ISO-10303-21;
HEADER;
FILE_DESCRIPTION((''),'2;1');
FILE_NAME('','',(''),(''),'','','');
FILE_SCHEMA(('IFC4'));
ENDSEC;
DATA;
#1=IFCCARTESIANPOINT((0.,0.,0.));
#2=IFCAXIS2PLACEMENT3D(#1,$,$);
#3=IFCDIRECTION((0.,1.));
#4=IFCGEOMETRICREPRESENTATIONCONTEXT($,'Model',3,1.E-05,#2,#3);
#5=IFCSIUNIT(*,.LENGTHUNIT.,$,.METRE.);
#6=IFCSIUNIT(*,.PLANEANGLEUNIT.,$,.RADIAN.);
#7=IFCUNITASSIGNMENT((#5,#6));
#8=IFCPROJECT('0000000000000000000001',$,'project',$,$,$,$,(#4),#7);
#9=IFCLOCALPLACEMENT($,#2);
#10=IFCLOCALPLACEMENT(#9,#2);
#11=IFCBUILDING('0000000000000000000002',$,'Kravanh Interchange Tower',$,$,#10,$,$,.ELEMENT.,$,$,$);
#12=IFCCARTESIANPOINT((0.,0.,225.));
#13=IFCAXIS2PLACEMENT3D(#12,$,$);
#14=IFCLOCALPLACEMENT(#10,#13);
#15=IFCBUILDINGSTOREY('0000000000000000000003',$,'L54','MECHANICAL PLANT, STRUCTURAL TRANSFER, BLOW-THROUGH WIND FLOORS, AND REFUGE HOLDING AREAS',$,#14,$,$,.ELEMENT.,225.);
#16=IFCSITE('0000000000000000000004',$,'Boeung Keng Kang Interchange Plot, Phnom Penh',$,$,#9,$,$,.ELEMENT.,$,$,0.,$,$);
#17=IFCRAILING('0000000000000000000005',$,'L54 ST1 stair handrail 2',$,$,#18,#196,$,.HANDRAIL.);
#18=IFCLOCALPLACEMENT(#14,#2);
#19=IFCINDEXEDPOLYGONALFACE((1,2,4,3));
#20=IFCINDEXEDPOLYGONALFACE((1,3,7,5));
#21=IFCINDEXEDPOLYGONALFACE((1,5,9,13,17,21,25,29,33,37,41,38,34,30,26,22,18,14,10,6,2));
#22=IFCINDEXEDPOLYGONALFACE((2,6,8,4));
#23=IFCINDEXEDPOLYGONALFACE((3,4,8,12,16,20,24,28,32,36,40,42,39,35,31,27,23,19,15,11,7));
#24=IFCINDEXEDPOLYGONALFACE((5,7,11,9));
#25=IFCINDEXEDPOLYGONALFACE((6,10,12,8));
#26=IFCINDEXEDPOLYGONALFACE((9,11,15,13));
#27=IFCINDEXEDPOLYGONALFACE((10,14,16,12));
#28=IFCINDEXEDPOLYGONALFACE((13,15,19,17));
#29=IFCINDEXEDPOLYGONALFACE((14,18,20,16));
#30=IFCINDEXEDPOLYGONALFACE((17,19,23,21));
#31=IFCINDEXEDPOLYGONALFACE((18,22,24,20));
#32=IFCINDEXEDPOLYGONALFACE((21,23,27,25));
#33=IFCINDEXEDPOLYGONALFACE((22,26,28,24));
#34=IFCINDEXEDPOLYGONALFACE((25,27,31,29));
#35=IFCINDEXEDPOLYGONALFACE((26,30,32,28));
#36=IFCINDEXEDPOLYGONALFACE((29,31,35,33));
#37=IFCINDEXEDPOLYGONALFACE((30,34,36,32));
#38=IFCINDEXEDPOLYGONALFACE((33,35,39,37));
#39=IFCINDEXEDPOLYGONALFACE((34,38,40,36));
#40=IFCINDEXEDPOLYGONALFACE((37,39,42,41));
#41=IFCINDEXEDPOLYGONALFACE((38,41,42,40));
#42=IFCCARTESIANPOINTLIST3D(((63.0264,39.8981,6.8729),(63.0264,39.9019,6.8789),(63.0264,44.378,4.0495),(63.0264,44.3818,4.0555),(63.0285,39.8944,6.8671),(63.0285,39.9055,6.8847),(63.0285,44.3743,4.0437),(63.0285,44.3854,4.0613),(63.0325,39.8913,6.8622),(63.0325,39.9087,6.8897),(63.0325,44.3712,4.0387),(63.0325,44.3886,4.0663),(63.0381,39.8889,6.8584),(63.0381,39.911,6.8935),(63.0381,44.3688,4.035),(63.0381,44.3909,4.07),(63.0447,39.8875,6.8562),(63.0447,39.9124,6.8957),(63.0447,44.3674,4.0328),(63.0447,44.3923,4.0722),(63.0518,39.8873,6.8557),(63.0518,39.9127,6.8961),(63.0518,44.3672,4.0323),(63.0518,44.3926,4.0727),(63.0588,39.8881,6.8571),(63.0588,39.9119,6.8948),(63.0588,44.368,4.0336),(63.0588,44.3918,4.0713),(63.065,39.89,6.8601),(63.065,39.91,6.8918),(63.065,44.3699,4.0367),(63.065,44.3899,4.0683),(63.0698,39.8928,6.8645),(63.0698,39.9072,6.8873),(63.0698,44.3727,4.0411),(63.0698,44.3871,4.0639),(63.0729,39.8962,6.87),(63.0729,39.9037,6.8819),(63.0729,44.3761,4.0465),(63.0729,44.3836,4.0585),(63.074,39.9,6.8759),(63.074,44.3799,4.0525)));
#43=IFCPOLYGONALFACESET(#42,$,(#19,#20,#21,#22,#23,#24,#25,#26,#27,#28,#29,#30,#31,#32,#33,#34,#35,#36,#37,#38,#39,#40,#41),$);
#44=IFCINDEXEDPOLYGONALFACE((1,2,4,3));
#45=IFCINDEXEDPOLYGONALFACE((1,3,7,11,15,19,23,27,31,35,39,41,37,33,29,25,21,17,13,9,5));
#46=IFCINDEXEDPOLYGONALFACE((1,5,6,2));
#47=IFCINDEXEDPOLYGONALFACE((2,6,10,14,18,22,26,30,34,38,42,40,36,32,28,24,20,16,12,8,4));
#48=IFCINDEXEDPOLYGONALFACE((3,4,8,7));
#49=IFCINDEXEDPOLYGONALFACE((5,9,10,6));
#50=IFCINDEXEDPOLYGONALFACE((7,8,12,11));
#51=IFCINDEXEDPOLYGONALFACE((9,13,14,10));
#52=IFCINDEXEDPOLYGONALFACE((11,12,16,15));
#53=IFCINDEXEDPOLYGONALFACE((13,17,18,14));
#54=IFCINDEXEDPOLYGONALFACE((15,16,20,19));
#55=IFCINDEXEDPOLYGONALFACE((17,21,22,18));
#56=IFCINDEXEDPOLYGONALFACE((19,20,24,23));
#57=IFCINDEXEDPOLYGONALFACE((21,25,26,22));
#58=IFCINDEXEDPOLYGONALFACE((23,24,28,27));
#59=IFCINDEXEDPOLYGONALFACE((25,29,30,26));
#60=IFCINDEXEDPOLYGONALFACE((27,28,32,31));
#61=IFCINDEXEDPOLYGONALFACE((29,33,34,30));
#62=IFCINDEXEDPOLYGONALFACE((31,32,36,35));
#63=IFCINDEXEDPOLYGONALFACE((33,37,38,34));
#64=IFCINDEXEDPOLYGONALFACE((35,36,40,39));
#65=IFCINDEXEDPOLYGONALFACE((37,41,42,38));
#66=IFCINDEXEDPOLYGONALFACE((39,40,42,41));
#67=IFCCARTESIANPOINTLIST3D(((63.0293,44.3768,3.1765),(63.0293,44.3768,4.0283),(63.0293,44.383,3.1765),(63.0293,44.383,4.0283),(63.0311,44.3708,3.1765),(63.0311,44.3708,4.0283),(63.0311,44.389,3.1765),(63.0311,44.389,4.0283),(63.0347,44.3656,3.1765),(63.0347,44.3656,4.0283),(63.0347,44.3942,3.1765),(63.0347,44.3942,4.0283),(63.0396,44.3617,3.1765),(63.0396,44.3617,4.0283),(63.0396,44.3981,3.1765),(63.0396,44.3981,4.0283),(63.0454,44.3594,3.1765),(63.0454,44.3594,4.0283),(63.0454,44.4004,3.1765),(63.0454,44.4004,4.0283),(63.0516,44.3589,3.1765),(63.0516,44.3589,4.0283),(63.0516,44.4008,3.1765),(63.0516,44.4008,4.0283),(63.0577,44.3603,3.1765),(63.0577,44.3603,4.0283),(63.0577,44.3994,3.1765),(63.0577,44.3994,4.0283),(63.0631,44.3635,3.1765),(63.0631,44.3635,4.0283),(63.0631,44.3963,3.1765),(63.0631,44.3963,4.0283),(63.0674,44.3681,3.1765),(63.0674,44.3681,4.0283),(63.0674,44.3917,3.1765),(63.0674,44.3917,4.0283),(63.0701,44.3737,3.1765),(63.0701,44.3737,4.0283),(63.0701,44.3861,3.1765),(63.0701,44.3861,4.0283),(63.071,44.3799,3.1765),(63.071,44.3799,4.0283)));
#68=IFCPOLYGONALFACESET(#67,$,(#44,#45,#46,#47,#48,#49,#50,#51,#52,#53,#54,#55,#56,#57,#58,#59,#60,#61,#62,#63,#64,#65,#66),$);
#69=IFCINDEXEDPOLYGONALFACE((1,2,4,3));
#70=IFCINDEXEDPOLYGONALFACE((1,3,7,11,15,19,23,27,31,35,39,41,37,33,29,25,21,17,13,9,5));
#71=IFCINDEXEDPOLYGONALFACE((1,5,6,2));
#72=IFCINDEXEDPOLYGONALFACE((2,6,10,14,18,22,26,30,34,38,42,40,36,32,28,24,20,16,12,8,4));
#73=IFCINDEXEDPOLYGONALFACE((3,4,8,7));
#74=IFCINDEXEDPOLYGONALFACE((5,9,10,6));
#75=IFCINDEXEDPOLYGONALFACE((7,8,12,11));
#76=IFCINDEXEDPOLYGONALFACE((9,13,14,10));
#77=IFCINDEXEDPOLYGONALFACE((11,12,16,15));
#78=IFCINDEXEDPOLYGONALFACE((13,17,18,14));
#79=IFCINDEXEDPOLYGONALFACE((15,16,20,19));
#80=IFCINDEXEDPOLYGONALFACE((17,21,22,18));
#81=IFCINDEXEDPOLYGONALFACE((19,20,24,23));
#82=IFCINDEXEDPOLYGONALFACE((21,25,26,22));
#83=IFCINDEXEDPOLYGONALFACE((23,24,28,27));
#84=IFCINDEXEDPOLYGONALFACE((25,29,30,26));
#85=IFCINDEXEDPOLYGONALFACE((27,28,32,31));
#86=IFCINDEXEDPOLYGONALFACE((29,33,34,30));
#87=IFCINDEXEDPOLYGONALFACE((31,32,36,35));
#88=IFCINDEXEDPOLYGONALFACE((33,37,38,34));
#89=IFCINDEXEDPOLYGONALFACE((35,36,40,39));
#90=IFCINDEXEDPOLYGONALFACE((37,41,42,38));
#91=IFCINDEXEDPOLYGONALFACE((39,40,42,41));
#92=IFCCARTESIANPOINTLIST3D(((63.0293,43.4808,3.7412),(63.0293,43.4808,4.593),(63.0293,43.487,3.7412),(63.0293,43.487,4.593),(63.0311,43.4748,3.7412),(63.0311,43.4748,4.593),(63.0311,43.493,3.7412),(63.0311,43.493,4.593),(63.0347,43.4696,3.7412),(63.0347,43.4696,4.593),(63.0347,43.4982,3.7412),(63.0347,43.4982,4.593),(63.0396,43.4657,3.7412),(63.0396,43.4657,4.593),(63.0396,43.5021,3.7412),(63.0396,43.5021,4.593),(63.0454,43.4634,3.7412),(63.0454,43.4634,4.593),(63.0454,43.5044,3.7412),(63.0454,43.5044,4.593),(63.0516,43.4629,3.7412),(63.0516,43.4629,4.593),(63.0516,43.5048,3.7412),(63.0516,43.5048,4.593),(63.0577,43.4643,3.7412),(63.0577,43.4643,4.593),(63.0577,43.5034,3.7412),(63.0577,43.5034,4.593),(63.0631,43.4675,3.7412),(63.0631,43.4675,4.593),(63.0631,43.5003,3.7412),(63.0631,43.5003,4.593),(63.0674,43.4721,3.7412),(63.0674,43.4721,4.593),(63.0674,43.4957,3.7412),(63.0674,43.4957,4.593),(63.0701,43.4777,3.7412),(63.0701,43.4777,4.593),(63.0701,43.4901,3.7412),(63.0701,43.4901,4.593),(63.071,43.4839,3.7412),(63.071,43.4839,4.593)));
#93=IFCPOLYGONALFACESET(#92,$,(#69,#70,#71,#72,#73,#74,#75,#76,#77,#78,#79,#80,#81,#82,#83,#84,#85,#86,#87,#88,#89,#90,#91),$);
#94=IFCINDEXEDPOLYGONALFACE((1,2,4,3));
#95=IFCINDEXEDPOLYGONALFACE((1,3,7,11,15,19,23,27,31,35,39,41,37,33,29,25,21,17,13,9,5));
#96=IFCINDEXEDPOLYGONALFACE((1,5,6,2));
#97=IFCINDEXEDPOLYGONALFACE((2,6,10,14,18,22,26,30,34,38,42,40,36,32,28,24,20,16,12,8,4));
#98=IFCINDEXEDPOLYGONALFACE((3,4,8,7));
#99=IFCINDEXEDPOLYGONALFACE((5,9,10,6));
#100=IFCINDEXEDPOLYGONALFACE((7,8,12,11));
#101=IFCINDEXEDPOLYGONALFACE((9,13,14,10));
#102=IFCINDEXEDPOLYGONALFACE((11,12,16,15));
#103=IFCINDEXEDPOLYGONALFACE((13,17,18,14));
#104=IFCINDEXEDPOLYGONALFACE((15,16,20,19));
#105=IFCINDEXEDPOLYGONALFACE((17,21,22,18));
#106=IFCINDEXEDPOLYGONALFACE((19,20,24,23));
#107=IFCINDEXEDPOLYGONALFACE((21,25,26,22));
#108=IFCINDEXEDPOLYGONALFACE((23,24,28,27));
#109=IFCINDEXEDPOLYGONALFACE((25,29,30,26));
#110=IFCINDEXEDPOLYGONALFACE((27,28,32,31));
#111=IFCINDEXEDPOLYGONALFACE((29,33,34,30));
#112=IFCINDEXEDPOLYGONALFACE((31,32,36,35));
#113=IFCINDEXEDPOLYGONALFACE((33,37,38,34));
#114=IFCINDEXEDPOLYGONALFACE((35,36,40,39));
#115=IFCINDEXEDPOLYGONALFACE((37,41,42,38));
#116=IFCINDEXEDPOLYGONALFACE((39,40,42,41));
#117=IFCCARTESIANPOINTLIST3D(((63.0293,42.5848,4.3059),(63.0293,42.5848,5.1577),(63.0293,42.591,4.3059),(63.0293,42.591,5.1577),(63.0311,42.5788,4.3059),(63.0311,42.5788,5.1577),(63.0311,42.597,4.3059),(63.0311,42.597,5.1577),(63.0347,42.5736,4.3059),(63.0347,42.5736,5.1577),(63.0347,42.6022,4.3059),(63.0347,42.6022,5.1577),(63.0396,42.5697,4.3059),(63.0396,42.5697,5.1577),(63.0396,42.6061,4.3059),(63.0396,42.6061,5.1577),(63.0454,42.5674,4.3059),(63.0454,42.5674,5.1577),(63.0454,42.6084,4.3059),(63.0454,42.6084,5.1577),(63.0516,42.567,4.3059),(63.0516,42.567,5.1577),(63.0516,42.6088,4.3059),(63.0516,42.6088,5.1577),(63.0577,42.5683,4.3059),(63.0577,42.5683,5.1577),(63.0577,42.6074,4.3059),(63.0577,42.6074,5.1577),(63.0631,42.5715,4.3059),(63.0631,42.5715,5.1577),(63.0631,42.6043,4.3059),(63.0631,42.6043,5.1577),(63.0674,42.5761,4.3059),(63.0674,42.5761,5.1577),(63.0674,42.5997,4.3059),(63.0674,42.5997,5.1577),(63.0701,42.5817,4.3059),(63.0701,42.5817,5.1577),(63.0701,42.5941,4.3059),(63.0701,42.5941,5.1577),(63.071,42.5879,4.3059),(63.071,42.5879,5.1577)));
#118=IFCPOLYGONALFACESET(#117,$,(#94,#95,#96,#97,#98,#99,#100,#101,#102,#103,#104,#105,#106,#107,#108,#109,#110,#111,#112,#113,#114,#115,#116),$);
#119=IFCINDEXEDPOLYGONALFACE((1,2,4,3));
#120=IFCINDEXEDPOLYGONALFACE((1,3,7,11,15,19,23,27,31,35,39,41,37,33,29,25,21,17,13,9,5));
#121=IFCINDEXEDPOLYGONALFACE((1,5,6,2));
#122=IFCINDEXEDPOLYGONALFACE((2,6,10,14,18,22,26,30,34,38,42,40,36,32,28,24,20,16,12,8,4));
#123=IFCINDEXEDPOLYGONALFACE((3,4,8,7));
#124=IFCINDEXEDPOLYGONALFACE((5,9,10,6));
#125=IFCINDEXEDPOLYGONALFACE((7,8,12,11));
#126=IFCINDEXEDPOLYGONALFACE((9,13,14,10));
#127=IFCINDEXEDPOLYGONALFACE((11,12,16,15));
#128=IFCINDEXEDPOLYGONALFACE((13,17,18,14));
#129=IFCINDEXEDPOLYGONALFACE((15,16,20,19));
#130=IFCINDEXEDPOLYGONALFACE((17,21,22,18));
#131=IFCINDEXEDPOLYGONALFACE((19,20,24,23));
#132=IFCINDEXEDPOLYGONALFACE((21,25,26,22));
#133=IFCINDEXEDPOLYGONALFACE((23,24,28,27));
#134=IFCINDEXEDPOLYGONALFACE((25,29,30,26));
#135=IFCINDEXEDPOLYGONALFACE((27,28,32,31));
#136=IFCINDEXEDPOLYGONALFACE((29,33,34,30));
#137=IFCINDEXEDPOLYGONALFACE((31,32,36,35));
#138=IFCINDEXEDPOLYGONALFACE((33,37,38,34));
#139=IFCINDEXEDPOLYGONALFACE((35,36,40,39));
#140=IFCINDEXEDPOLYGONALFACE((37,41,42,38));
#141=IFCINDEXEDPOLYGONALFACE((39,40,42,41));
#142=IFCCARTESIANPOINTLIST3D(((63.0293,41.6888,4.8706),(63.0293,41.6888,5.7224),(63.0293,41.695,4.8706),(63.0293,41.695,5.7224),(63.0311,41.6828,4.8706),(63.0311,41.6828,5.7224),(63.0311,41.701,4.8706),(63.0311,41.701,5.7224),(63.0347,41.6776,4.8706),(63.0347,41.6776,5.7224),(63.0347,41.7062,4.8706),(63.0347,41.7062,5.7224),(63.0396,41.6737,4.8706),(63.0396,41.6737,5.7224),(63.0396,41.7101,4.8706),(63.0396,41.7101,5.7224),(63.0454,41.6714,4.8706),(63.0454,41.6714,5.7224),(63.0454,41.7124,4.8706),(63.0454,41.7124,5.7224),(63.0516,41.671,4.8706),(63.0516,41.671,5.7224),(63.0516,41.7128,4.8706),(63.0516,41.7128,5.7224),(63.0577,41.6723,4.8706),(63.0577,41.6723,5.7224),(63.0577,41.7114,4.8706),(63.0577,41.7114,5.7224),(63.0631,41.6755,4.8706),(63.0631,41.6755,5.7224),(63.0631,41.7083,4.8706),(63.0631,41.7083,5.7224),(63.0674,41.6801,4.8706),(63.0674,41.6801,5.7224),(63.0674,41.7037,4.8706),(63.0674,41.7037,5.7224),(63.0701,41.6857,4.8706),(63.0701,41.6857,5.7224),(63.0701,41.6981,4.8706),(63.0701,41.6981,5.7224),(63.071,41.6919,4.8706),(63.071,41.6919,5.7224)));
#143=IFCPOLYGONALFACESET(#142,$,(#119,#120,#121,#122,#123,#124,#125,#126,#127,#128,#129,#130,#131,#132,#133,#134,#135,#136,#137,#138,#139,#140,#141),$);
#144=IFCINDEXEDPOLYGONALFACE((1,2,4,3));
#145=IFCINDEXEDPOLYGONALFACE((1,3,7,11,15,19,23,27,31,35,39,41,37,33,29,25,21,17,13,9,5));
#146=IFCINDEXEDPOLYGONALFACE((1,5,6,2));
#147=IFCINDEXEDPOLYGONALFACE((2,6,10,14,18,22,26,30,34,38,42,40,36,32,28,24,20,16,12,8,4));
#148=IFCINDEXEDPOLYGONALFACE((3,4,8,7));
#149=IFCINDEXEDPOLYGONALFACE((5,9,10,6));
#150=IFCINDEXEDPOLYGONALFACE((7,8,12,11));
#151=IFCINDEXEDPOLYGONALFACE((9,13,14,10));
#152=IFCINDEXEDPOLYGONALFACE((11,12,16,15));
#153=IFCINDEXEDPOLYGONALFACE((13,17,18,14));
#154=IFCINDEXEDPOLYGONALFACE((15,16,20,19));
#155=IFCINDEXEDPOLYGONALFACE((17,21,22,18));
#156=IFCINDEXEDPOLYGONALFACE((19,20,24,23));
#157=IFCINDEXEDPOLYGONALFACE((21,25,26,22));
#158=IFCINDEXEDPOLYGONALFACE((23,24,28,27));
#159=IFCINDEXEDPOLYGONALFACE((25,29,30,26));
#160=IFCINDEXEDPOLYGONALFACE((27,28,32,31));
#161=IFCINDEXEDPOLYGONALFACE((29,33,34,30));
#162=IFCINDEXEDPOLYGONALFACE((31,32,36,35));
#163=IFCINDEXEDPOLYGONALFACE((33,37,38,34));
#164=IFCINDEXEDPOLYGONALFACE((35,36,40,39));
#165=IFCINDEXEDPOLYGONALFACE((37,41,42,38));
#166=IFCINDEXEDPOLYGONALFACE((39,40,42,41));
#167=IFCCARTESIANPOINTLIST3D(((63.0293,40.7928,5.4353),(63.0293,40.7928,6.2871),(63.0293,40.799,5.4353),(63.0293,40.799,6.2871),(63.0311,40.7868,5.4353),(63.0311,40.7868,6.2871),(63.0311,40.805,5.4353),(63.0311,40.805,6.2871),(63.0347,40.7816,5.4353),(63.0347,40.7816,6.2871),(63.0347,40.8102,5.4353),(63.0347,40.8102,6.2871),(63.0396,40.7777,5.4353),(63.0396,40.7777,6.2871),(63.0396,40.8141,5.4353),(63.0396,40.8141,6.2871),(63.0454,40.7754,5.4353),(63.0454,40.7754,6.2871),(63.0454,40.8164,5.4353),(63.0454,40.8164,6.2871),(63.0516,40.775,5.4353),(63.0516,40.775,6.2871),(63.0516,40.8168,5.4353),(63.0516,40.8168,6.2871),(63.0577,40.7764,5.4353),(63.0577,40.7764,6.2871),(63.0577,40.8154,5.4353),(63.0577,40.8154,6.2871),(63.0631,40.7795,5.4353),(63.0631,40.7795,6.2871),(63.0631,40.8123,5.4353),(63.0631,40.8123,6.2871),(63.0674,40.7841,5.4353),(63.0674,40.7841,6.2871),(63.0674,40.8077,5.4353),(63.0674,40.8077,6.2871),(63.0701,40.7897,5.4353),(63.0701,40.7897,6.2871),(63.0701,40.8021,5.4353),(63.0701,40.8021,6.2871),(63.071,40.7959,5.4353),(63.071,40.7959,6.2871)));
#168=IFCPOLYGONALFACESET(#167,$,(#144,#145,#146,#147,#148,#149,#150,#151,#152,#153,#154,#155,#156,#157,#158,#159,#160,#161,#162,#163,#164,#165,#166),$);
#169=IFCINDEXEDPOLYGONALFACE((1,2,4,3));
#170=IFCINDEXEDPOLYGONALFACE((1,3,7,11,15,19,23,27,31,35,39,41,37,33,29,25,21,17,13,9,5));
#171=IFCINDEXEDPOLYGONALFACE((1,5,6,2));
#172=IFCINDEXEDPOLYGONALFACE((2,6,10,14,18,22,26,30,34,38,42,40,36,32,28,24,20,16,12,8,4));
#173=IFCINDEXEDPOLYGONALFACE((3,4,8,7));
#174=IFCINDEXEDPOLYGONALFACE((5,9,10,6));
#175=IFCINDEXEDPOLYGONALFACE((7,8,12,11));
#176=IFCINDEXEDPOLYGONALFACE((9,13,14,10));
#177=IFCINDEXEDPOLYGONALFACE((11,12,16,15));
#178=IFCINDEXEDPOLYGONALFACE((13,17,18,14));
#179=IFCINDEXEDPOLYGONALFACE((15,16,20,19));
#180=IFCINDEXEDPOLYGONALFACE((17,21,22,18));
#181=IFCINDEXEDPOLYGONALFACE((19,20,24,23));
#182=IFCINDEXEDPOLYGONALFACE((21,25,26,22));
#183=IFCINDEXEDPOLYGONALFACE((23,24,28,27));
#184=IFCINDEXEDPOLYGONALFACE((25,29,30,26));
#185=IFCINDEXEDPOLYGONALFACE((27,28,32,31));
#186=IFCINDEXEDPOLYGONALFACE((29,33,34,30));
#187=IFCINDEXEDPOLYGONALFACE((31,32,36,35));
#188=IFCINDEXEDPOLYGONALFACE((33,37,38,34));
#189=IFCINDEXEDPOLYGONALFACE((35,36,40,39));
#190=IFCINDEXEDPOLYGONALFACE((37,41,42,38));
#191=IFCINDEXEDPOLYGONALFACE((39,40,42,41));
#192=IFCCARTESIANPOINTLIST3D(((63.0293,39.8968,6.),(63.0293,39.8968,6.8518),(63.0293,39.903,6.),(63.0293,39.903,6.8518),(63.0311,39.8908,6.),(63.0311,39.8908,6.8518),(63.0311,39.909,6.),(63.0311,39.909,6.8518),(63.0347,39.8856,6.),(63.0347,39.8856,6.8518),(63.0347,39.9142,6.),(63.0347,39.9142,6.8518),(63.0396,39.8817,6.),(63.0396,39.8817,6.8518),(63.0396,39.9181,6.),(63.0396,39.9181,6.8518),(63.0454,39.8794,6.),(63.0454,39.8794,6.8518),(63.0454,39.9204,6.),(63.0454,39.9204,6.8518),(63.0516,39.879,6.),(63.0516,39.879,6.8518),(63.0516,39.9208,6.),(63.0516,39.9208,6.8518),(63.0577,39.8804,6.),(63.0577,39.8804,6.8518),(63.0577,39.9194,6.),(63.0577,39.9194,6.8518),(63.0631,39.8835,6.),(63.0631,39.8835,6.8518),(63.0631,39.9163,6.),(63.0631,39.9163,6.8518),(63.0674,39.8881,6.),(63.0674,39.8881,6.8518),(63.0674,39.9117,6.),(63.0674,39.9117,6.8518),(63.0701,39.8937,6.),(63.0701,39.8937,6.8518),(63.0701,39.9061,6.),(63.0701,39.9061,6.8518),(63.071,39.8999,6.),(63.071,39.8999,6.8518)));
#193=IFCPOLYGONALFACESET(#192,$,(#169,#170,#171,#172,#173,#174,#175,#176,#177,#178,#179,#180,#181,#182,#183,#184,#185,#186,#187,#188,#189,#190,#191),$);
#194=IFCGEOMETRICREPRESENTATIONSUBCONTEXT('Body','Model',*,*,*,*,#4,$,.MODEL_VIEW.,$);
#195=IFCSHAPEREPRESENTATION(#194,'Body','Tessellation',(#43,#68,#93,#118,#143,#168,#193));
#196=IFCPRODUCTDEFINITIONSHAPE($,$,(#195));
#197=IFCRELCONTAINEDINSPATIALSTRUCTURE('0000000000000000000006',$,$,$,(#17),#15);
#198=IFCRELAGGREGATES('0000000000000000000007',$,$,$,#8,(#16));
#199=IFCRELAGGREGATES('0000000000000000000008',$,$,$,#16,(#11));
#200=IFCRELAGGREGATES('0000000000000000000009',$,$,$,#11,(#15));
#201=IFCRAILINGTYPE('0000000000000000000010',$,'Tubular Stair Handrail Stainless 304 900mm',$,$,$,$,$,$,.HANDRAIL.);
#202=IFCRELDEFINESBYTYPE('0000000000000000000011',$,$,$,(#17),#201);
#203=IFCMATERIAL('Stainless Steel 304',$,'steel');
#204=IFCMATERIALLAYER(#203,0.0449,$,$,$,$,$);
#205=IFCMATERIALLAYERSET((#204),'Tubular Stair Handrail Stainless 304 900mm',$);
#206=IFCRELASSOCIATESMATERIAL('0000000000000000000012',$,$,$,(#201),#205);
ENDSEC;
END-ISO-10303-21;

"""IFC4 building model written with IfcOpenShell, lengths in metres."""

from ifc_helpers import new_model, si_unit, direction, frame, origin, origin_2d, place, context, subcontext, project, spatial, circle, extrude, material, layer, layer_set, type_object, element, save


model = new_model("IFC4")

# Units and contexts
model_context = context("Model", 3, precision=1e-05, world=origin(), true_north=direction((0.0, 1.0)))
body_context = subcontext(model_context, "Body", "Model", "MODEL_VIEW")
ifc_project = project(units=[si_unit("LENGTHUNIT", "METRE"), si_unit("PLANEANGLEUNIT", "RADIAN")], contexts=[model_context])

# Site, building, storey
site_placement = place(None, origin())
site = spatial("IfcSite", under=ifc_project, at=site_placement, Name="Boeung Keng Kang Interchange Plot, Phnom Penh", CompositionType="ELEMENT", RefElevation=0.0)
building_placement = place(site_placement, origin())
building = spatial("IfcBuilding", under=site, at=building_placement, Name="Kravanh Interchange Tower", CompositionType="ELEMENT")
storey_placement = place(building_placement, frame((0.0, 0.0, 225.0)))
storey = spatial("IfcBuildingStorey", under=building, at=storey_placement, Name="L54", Description="MECHANICAL PLANT, STRUCTURAL TRANSFER, BLOW-THROUGH WIND FLOORS, AND REFUGE HOLDING AREAS", CompositionType="ELEMENT", Elevation=225.0)

# Railing
ifc_material_1 = material(Name="Stainless Steel 304", Category="steel")
ifc_layer_1 = layer(ifc_material_1, 0.0449)
ifc_layer_set_1 = layer_set([ifc_layer_1], Name="Tubular Stair Handrail Stainless 304 900mm")
railing_type_1 = type_object("IfcRailingType", Name="Tubular Stair Handrail Stainless 304 900mm", PredefinedType="HANDRAIL", material=ifc_layer_set_1)
railing_1_placement = place(storey_placement, frame((63.05, 44.3799, 3.1765)))
element("IfcRailing", 1, at=railing_1_placement, inside=storey, type_object=railing_type_1, Name="L54 ST1 stair handrail 2", PredefinedType="HANDRAIL", context=body_context, shape_type="SweptSolid", body=[
    extrude(circle(Radius=0.0239, at=origin_2d()), frame((0.0, 0.0, 0.876), z_axis=(0.0, -0.845998, 0.533186), x_axis=(1.0, 0.0, 0.0)), (0.0, 0.0, 1.0), 5.2954),
    extrude(circle(Radius=0.021, at=origin_2d()), origin(), (0.0, 0.0, 1.0), 0.8518),
    extrude(circle(Radius=0.021, at=origin_2d()), frame((0.0, -0.896, 0.5647)), (0.0, 0.0, 1.0), 0.8518),
    extrude(circle(Radius=0.021, at=origin_2d()), frame((0.0, -1.792, 1.1294)), (0.0, 0.0, 1.0), 0.8518),
    extrude(circle(Radius=0.021, at=origin_2d()), frame((0.0, -2.688, 1.6941)), (0.0, 0.0, 1.0), 0.8518),
    extrude(circle(Radius=0.021, at=origin_2d()), frame((0.0, -3.584, 2.2588)), (0.0, 0.0, 1.0), 0.8518),
    extrude(circle(Radius=0.021, at=origin_2d()), frame((0.0, -4.48, 2.8235)), (0.0, 0.0, 1.0), 0.8518),
])

save(model, "model.ifc")
